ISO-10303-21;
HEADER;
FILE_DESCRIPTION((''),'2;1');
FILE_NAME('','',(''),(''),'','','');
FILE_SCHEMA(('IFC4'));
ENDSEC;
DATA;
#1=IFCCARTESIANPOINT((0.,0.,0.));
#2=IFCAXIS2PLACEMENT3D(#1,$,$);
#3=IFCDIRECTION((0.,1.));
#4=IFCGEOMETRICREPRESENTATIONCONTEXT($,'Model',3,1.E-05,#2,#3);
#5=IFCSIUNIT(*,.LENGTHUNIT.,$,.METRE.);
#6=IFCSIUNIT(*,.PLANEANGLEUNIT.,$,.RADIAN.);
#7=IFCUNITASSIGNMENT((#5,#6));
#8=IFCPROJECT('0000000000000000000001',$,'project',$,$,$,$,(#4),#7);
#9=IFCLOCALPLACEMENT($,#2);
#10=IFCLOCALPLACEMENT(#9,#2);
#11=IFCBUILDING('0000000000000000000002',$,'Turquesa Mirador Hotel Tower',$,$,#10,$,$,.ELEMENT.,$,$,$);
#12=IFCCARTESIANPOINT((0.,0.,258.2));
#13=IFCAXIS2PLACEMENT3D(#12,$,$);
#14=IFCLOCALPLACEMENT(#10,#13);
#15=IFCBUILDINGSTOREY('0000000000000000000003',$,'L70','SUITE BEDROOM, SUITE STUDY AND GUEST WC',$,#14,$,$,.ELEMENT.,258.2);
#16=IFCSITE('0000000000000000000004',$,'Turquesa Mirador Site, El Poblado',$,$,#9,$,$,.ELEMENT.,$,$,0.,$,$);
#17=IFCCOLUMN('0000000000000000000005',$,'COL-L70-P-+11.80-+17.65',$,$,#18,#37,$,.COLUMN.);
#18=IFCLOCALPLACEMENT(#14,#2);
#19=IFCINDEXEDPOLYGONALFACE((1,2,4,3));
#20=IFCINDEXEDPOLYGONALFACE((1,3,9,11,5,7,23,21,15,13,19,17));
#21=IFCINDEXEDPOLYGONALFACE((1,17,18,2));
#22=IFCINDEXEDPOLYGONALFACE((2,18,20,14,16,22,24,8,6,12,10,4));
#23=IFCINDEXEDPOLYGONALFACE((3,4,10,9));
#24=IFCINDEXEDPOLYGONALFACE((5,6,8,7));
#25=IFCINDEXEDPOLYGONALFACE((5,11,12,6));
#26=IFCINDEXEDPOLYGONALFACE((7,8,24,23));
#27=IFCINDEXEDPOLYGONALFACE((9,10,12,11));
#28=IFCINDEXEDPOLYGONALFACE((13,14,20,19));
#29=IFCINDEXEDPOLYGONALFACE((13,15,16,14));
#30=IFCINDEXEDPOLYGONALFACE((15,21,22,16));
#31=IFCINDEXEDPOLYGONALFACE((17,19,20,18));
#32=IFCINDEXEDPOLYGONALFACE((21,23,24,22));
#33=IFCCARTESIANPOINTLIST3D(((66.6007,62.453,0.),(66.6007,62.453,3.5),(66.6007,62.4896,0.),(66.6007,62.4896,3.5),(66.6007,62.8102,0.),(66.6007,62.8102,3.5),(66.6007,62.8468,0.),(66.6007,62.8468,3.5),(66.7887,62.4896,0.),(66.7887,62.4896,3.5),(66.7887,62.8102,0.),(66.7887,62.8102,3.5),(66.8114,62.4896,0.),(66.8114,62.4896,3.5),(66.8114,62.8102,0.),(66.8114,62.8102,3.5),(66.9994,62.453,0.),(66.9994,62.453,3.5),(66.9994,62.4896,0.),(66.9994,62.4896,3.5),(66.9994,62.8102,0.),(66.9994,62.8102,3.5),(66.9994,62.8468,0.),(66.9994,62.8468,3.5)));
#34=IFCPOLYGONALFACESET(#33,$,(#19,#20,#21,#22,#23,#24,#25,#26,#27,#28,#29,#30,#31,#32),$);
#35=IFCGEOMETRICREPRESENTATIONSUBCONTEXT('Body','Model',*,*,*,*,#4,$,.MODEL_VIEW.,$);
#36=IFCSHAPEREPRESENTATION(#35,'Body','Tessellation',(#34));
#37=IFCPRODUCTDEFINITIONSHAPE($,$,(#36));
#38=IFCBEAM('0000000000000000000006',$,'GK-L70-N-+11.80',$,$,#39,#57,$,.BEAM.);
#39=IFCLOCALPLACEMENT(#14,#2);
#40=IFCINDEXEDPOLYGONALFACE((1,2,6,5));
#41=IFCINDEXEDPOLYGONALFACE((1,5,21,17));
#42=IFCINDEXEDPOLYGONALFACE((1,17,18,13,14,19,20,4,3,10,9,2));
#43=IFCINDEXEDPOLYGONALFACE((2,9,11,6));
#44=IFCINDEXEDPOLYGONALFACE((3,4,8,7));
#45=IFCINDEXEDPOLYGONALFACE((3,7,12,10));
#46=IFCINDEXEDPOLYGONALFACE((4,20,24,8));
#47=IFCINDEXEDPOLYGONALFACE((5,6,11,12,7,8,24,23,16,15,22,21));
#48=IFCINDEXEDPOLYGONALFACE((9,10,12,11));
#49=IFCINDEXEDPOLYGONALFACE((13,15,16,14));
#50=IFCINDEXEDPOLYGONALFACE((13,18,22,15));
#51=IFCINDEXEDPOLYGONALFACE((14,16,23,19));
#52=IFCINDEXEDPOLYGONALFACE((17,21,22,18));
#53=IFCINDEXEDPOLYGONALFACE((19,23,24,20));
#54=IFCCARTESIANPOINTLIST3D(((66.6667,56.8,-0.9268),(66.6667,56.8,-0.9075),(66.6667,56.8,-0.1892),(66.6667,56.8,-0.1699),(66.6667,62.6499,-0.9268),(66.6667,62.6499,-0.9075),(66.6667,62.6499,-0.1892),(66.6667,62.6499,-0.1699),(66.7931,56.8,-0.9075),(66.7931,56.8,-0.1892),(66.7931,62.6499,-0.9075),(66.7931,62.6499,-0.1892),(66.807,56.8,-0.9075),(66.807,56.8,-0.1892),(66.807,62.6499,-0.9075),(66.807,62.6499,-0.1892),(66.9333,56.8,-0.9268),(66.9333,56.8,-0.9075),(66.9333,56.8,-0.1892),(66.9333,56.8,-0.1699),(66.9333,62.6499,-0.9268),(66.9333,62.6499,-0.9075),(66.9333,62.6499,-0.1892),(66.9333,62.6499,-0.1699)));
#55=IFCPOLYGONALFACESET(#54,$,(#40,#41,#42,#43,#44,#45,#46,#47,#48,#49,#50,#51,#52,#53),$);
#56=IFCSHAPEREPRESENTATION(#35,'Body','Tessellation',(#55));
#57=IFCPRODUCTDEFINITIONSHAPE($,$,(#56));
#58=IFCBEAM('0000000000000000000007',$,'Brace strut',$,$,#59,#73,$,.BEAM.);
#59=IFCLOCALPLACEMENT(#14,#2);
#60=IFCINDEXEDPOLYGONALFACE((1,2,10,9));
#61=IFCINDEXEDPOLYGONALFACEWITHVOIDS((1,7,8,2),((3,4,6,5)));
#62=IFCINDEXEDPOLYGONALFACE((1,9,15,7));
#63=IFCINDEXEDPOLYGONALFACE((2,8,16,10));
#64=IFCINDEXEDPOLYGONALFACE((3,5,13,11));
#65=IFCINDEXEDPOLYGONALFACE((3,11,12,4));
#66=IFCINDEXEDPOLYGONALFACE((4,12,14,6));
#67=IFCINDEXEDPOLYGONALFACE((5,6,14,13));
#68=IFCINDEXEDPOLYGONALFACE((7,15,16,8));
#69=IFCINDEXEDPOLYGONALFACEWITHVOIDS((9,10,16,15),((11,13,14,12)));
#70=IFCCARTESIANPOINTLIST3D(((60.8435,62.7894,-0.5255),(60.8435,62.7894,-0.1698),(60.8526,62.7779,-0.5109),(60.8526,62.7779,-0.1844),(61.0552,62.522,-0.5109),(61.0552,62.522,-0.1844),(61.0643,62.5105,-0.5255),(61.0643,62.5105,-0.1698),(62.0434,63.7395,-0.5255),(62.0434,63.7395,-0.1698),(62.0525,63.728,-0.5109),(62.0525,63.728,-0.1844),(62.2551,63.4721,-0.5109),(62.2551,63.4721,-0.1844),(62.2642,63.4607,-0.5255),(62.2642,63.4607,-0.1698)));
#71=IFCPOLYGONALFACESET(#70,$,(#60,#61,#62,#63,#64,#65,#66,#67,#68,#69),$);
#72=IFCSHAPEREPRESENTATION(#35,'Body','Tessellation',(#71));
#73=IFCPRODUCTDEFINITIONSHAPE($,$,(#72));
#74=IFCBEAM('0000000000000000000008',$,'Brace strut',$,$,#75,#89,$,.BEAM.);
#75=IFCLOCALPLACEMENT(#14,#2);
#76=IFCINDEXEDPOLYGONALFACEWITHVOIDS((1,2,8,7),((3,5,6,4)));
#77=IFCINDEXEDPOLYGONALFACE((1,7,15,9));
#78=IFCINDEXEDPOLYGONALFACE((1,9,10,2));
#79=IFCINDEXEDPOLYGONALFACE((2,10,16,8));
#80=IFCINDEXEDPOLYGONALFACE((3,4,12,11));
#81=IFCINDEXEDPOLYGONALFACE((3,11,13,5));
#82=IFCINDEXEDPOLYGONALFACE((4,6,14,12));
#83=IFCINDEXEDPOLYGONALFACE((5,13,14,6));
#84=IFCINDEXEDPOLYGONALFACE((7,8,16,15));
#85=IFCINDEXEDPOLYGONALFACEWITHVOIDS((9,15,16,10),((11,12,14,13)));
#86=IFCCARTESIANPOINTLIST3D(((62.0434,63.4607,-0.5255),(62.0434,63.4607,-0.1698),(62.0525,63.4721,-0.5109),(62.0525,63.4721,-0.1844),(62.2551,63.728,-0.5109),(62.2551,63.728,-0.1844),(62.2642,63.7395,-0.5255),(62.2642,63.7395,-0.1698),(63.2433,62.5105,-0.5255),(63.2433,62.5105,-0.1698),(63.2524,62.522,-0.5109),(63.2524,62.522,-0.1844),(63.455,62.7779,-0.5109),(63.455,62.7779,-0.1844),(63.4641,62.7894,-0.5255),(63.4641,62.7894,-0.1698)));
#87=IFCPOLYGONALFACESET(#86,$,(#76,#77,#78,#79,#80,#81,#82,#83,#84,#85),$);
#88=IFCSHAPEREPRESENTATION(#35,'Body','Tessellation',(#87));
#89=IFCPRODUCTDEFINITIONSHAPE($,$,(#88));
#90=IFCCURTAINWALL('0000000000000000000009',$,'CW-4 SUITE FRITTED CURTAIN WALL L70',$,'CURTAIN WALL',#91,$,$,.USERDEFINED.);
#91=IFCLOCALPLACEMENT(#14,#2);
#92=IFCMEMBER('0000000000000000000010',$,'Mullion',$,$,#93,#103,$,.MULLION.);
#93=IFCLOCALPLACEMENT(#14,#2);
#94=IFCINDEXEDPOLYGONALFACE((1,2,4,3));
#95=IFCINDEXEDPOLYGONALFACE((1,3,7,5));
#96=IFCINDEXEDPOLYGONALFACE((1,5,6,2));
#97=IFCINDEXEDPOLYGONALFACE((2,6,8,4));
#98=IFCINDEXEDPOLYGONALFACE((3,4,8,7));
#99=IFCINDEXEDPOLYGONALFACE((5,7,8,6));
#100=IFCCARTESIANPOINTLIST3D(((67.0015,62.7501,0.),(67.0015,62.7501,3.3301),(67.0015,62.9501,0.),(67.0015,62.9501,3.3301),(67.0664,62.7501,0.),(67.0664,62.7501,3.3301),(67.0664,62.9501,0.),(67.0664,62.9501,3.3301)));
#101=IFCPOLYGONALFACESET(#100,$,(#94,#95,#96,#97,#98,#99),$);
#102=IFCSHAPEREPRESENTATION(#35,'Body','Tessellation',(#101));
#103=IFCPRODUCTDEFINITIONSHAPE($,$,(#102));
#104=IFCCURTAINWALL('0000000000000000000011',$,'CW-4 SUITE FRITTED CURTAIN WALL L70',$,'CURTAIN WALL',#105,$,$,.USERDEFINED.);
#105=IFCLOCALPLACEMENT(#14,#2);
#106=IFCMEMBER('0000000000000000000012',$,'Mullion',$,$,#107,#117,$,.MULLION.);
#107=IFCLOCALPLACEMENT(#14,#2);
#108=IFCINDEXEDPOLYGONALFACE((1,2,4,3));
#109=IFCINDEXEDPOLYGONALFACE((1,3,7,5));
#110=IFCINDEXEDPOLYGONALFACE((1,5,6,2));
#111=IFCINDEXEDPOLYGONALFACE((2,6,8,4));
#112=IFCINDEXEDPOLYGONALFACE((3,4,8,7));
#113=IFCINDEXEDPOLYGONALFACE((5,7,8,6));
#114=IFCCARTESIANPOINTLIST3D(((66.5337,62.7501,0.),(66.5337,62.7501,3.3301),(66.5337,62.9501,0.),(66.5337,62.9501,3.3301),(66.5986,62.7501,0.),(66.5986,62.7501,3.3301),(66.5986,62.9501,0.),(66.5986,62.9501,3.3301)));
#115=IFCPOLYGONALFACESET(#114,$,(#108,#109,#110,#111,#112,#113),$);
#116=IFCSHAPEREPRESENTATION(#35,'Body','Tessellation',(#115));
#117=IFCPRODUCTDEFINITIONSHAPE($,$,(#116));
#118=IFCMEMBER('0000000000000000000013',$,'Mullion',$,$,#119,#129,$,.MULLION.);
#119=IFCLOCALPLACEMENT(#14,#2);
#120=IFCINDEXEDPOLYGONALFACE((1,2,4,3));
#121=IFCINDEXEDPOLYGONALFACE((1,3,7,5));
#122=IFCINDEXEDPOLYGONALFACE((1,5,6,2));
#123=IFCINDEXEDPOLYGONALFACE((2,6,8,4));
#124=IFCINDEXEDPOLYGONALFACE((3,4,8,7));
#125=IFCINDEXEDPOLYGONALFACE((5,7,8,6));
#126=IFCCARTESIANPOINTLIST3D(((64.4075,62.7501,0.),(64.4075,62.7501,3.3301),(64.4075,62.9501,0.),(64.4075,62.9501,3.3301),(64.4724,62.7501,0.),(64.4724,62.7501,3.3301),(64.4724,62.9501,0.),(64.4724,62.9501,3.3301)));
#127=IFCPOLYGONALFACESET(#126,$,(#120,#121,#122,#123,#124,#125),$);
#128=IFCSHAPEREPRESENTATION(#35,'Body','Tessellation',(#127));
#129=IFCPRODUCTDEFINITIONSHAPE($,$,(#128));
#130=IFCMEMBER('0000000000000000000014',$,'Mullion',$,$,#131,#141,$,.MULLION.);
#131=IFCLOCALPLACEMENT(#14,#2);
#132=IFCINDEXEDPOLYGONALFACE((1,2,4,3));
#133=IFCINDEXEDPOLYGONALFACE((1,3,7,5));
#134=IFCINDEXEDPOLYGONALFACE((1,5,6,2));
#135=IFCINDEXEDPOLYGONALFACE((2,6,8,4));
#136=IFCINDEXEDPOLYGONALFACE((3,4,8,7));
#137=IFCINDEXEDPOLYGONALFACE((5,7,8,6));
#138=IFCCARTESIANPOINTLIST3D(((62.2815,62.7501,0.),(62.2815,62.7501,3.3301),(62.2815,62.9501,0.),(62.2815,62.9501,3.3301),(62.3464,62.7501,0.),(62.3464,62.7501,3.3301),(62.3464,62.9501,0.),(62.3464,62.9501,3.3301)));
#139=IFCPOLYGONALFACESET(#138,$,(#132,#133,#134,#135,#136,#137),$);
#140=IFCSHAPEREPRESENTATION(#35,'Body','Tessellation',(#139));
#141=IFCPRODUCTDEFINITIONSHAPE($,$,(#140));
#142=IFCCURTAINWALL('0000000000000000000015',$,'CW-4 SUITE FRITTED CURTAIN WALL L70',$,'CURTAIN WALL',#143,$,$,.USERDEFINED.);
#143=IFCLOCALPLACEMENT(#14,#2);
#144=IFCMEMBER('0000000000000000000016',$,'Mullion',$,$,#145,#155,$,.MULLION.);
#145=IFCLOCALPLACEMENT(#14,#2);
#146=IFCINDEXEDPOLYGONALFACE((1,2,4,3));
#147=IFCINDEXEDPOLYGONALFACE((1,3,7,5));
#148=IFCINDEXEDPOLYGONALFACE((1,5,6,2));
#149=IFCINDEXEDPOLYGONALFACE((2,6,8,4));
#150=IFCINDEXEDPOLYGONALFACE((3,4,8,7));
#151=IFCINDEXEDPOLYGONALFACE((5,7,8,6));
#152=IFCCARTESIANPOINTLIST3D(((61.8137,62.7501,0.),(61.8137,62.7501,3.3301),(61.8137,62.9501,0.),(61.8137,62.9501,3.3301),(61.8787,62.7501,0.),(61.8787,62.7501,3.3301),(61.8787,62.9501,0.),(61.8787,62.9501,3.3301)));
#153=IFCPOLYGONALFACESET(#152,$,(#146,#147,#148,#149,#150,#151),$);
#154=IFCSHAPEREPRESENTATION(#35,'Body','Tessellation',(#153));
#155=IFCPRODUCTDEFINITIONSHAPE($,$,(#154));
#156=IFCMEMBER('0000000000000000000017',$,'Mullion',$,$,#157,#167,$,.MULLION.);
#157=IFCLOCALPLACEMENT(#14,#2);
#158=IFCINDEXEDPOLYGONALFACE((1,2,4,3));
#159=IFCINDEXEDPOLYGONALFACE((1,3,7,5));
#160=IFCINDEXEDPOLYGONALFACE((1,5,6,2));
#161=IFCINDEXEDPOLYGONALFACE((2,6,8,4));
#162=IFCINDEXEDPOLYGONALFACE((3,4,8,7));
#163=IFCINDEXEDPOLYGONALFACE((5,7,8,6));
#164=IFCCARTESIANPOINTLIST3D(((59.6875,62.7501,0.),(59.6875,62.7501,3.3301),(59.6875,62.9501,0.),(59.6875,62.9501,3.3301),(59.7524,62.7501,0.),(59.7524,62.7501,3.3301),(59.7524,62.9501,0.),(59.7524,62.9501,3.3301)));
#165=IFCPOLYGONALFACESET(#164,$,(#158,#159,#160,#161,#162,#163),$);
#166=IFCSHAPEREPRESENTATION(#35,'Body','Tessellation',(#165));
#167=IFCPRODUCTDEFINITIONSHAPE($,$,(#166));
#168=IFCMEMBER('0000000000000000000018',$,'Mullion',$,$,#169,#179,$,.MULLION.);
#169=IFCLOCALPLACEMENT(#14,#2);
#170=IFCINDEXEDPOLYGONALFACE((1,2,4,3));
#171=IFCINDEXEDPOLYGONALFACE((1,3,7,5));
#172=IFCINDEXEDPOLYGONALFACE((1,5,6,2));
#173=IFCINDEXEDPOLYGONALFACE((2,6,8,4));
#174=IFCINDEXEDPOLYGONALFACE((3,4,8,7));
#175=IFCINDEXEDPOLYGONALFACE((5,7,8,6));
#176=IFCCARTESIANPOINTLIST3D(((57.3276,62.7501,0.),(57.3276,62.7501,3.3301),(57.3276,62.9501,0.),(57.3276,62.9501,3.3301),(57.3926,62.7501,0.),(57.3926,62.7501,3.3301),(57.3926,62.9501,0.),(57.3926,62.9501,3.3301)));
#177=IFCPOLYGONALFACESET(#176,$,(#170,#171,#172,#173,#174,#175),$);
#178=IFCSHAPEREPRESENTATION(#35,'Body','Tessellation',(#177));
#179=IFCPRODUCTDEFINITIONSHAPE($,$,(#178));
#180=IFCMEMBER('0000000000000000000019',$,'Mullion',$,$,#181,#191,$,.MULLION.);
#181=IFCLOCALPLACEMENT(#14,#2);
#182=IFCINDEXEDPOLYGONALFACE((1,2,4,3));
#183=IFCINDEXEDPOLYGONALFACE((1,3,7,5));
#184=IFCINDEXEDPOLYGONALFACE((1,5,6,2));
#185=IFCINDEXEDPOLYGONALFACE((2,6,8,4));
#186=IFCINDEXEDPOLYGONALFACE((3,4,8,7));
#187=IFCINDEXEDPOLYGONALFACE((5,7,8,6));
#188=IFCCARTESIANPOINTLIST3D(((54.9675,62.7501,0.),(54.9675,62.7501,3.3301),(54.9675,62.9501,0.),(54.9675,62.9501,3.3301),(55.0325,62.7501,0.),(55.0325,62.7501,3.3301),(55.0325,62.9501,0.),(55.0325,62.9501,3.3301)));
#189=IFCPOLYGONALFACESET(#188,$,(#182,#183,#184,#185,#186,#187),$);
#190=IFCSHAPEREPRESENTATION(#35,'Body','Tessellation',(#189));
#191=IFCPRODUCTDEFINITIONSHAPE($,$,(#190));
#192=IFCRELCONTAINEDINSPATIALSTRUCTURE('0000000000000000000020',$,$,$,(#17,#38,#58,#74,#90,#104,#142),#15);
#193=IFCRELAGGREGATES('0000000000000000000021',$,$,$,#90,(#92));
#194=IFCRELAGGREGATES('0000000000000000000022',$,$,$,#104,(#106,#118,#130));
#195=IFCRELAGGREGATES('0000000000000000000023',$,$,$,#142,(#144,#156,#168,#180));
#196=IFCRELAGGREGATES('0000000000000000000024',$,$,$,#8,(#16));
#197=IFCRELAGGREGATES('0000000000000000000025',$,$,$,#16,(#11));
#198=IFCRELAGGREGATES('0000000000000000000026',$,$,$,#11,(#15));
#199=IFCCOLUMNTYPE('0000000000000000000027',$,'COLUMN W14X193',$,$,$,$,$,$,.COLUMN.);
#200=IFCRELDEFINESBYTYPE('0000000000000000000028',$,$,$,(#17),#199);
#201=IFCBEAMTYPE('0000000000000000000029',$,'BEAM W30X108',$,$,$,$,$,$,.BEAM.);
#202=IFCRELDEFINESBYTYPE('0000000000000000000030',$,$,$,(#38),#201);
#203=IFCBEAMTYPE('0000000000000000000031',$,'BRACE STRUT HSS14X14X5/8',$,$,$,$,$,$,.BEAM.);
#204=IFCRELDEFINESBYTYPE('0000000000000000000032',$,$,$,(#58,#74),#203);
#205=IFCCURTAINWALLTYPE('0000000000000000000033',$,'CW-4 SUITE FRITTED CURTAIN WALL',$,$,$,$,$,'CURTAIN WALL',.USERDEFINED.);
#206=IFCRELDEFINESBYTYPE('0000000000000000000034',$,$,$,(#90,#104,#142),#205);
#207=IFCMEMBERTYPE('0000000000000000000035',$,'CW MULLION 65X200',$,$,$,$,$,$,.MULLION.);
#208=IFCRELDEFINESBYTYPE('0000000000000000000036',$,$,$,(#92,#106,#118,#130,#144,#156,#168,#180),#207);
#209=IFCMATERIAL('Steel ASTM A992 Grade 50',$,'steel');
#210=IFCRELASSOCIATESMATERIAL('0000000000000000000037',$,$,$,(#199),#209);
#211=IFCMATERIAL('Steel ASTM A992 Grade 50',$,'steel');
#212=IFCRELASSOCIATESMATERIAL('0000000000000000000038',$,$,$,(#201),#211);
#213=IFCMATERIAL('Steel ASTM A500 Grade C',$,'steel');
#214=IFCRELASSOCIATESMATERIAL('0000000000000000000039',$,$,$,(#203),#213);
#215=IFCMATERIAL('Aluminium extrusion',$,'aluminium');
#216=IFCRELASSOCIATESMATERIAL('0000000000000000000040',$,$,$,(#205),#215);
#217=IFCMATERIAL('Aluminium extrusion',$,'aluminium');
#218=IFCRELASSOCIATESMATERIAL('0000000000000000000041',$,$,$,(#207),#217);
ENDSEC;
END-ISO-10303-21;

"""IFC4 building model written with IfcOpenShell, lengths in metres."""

from ifc_helpers import new_model, si_unit, direction, frame, origin, origin_2d, place, context, subcontext, project, spatial, rectangle, hollow_rectangle, i_section, extrude, material, material_profile, profile_set, type_object, element, aggregate, save


model = new_model("IFC4")

# Units and contexts
model_context = context("Model", 3, precision=1e-05, world=origin(), true_north=direction((0.0, 1.0)))
body_context = subcontext(model_context, "Body", "Model", "MODEL_VIEW")
ifc_project = project(units=[si_unit("LENGTHUNIT", "METRE"), si_unit("PLANEANGLEUNIT", "RADIAN")], contexts=[model_context])

# Site, building, storey
site_placement = place(None, origin())
site = spatial("IfcSite", under=ifc_project, at=site_placement, Name="Turquesa Mirador Site, El Poblado", CompositionType="ELEMENT", RefElevation=0.0)
building_placement = place(site_placement, origin())
building = spatial("IfcBuilding", under=site, at=building_placement, Name="Turquesa Mirador Hotel Tower", CompositionType="ELEMENT")
storey_placement = place(building_placement, frame((0.0, 0.0, 258.2)))
storey = spatial("IfcBuildingStorey", under=building, at=storey_placement, Name="L70", Description="SUITE BEDROOM, SUITE STUDY AND GUEST WC", CompositionType="ELEMENT", Elevation=258.2)

# Column
ifc_material_1 = material(Name="Steel ASTM A992 Grade 50", Category="steel")
ifc_material_profile_1 = material_profile(ifc_material_1, i_section(OverallWidth=0.3987, OverallDepth=0.3938, WebThickness=0.0227, FlangeThickness=0.0366, at=origin_2d()), Name="W14X193")
ifc_profile_set_1 = profile_set([ifc_material_profile_1], Name="Steel ASTM A992 Grade 50")
column_type = type_object("IfcColumnType", Name="COLUMN W14X193", PredefinedType="COLUMN", material=ifc_profile_set_1)
column_placement = place(storey_placement, frame((66.8, 62.6499, 0.0), z_axis=(0.0, 0.0, 1.0), x_axis=(1.0, 0.0, 0.0)))
element("IfcColumn", 1, at=column_placement, inside=storey, type_object=column_type, Name="COL-L70-P-+11.80-+17.65", PredefinedType="COLUMN", context=body_context, shape_type="SweptSolid", body=[
    extrude(i_section(OverallWidth=0.3987, OverallDepth=0.3938, WebThickness=0.0227, FlangeThickness=0.0366, at=origin_2d()), origin(), (0.0, 0.0, 1.0), 3.5),
])

# Beams
ifc_material_2 = material(Name="Steel ASTM A992 Grade 50", Category="steel")
ifc_material_profile_2 = material_profile(ifc_material_2, i_section(OverallWidth=0.2666, OverallDepth=0.7568, WebThickness=0.0139, FlangeThickness=0.0193, at=origin_2d()), Name="W30X108")
ifc_profile_set_2 = profile_set([ifc_material_profile_2], Name="Steel ASTM A992 Grade 50")
beam_type_1 = type_object("IfcBeamType", Name="BEAM W30X108", PredefinedType="BEAM", material=ifc_profile_set_2)
beam_placement = place(storey_placement, frame((66.8, 62.6499, -0.5483), z_axis=(0.0, -1.0, 0.0), x_axis=(1.0, 0.0, 0.0)))
element("IfcBeam", 2, at=beam_placement, inside=storey, type_object=beam_type_1, Name="GK-L70-N-+11.80", PredefinedType="BEAM", context=body_context, shape_type="SweptSolid", body=[
    extrude(i_section(OverallWidth=0.2666, OverallDepth=0.7568, WebThickness=0.0139, FlangeThickness=0.0193, at=origin_2d()), origin(), (0.0, 0.0, 1.0), 5.8499),
])
ifc_material_3 = material(Name="Steel ASTM A500 Grade C", Category="steel")
ifc_material_profile_3 = material_profile(ifc_material_3, hollow_rectangle(XDim=0.3557, YDim=0.3557, WallThickness=0.0146, at=origin_2d()), Name="HSS14X14X5/8")
ifc_profile_set_3 = profile_set([ifc_material_profile_3], Name="Steel ASTM A500 Grade C")
beam_type_2 = type_object("IfcBeamType", Name="BRACE STRUT HSS14X14X5/8", PredefinedType="BEAM", material=ifc_profile_set_3)
for number, where, z_axis, x_axis, name in (
    (3, (62.1538, 63.6001, -0.3477), (-0.783971, -0.620797, 0.0), (0.620797, -0.783971, 0.0), "Brace strut"),
    (4, (62.1538, 63.6001, -0.3477), (0.783971, -0.620797, 0.0), (0.620797, 0.783971, 0.0), "Brace strut"),
):
    element("IfcBeam", number, at=place(storey_placement, frame(where, z_axis=z_axis, x_axis=x_axis)), inside=storey, type_object=beam_type_2, Name=name, PredefinedType="BEAM", context=body_context, shape_type="SweptSolid", body=[
        extrude(hollow_rectangle(XDim=0.3557, YDim=0.3557, WallThickness=0.0146, at=origin_2d()), origin(), (0.0, 0.0, 1.0), 1.5305),
    ])

# Curtain wall, member
ifc_material_4 = material(Name="Aluminium extrusion", Category="aluminium")
curtain_wall_type = type_object("IfcCurtainWallType", Name="CW-4 SUITE FRITTED CURTAIN WALL", ElementType="CURTAIN WALL", PredefinedType="USERDEFINED", material=ifc_material_4)
curtain_wall_1_placement = place(storey_placement, origin())
curtain_wall_1 = element("IfcCurtainWall", 5, at=curtain_wall_1_placement, inside=storey, type_object=curtain_wall_type, Name="CW-4 SUITE FRITTED CURTAIN WALL L70", ObjectType="CURTAIN WALL", PredefinedType="USERDEFINED")
ifc_material_5 = material(Name="Aluminium extrusion", Category="aluminium")
ifc_material_profile_4 = material_profile(ifc_material_5, rectangle(XDim=0.0649, YDim=0.2, at=origin_2d()), Name="MULLION 65X200")
ifc_profile_set_4 = profile_set([ifc_material_profile_4], Name="Aluminium extrusion")
member_type_1 = type_object("IfcMemberType", Name="CW MULLION 65X200", PredefinedType="MULLION", material=ifc_profile_set_4)
member_1_placement = place(storey_placement, frame((67.0339, 62.8501, 0.0), z_axis=(0.0, 0.0, 1.0), x_axis=(-1.0, 0.0, 0.0)))
member_1 = element("IfcMember", 6, at=member_1_placement, type_object=member_type_1, Name="Mullion", PredefinedType="MULLION", context=body_context, shape_type="SweptSolid", body=[
    extrude(rectangle(XDim=0.0649, YDim=0.2, at=origin_2d()), origin(), (0.0, 0.0, 1.0), 3.3301),
])

# Curtain walls, members
curtain_wall_2_placement = place(storey_placement, origin())
curtain_wall_2 = element("IfcCurtainWall", 7, at=curtain_wall_2_placement, inside=storey, type_object=curtain_wall_type, Name="CW-4 SUITE FRITTED CURTAIN WALL L70", ObjectType="CURTAIN WALL", PredefinedType="USERDEFINED")
member_2_placement = place(storey_placement, frame((66.5662, 62.8501, 0.0), z_axis=(0.0, 0.0, 1.0), x_axis=(-1.0, 0.0, 0.0)))
member_2 = element("IfcMember", 8, at=member_2_placement, type_object=member_type_1, Name="Mullion", PredefinedType="MULLION", context=body_context, shape_type="SweptSolid", body=[
    extrude(rectangle(XDim=0.0649, YDim=0.2, at=origin_2d()), origin(), (0.0, 0.0, 1.0), 3.3301),
])
member_3_placement = place(storey_placement, frame((64.4399, 62.8501, 0.0), z_axis=(0.0, 0.0, 1.0), x_axis=(-1.0, 0.0, 0.0)))
member_3 = element("IfcMember", 9, at=member_3_placement, type_object=member_type_1, Name="Mullion", PredefinedType="MULLION", context=body_context, shape_type="SweptSolid", body=[
    extrude(rectangle(XDim=0.0649, YDim=0.2, at=origin_2d()), origin(), (0.0, 0.0, 1.0), 3.3301),
])
member_4_placement = place(storey_placement, frame((62.314, 62.8501, 0.0), z_axis=(0.0, 0.0, 1.0), x_axis=(-1.0, 0.0, 0.0)))
member_4 = element("IfcMember", 10, at=member_4_placement, type_object=member_type_1, Name="Mullion", PredefinedType="MULLION", context=body_context, shape_type="SweptSolid", body=[
    extrude(rectangle(XDim=0.0649, YDim=0.2, at=origin_2d()), origin(), (0.0, 0.0, 1.0), 3.3301),
])
curtain_wall_3_placement = place(storey_placement, origin())
curtain_wall_3 = element("IfcCurtainWall", 11, at=curtain_wall_3_placement, inside=storey, type_object=curtain_wall_type, Name="CW-4 SUITE FRITTED CURTAIN WALL L70", ObjectType="CURTAIN WALL", PredefinedType="USERDEFINED")
member_5_placement = place(storey_placement, frame((61.8462, 62.8501, 0.0), z_axis=(0.0, 0.0, 1.0), x_axis=(-1.0, 0.0, 0.0)))
member_5 = element("IfcMember", 12, at=member_5_placement, type_object=member_type_1, Name="Mullion", PredefinedType="MULLION", context=body_context, shape_type="SweptSolid", body=[
    extrude(rectangle(XDim=0.0649, YDim=0.2, at=origin_2d()), origin(), (0.0, 0.0, 1.0), 3.3301),
])
member_6_placement = place(storey_placement, frame((59.72, 62.8501, 0.0), z_axis=(0.0, 0.0, 1.0), x_axis=(-1.0, 0.0, 0.0)))
member_6 = element("IfcMember", 13, at=member_6_placement, type_object=member_type_1, Name="Mullion", PredefinedType="MULLION", context=body_context, shape_type="SweptSolid", body=[
    extrude(rectangle(XDim=0.0649, YDim=0.2, at=origin_2d()), origin(), (0.0, 0.0, 1.0), 3.3301),
])
member_7_placement = place(storey_placement, frame((57.3601, 62.8501, 0.0), z_axis=(0.0, 0.0, 1.0), x_axis=(-1.0, 0.0, 0.0)))
member_7 = element("IfcMember", 14, at=member_7_placement, type_object=member_type_1, Name="Mullion", PredefinedType="MULLION", context=body_context, shape_type="SweptSolid", body=[
    extrude(rectangle(XDim=0.0649, YDim=0.2, at=origin_2d()), origin(), (0.0, 0.0, 1.0), 3.3301),
])
member_8_placement = place(storey_placement, frame((55.0, 62.8501, 0.0), z_axis=(0.0, 0.0, 1.0), x_axis=(-1.0, 0.0, 0.0)))
member_8 = element("IfcMember", 15, at=member_8_placement, type_object=member_type_1, Name="Mullion", PredefinedType="MULLION", context=body_context, shape_type="SweptSolid", body=[
    extrude(rectangle(XDim=0.0649, YDim=0.2, at=origin_2d()), origin(), (0.0, 0.0, 1.0), 3.3301),
])

aggregate(curtain_wall_1, [member_1])
aggregate(curtain_wall_2, [member_2, member_3, member_4])
aggregate(curtain_wall_3, [member_5, member_6, member_7, member_8])

save(model, "model.ifc")
